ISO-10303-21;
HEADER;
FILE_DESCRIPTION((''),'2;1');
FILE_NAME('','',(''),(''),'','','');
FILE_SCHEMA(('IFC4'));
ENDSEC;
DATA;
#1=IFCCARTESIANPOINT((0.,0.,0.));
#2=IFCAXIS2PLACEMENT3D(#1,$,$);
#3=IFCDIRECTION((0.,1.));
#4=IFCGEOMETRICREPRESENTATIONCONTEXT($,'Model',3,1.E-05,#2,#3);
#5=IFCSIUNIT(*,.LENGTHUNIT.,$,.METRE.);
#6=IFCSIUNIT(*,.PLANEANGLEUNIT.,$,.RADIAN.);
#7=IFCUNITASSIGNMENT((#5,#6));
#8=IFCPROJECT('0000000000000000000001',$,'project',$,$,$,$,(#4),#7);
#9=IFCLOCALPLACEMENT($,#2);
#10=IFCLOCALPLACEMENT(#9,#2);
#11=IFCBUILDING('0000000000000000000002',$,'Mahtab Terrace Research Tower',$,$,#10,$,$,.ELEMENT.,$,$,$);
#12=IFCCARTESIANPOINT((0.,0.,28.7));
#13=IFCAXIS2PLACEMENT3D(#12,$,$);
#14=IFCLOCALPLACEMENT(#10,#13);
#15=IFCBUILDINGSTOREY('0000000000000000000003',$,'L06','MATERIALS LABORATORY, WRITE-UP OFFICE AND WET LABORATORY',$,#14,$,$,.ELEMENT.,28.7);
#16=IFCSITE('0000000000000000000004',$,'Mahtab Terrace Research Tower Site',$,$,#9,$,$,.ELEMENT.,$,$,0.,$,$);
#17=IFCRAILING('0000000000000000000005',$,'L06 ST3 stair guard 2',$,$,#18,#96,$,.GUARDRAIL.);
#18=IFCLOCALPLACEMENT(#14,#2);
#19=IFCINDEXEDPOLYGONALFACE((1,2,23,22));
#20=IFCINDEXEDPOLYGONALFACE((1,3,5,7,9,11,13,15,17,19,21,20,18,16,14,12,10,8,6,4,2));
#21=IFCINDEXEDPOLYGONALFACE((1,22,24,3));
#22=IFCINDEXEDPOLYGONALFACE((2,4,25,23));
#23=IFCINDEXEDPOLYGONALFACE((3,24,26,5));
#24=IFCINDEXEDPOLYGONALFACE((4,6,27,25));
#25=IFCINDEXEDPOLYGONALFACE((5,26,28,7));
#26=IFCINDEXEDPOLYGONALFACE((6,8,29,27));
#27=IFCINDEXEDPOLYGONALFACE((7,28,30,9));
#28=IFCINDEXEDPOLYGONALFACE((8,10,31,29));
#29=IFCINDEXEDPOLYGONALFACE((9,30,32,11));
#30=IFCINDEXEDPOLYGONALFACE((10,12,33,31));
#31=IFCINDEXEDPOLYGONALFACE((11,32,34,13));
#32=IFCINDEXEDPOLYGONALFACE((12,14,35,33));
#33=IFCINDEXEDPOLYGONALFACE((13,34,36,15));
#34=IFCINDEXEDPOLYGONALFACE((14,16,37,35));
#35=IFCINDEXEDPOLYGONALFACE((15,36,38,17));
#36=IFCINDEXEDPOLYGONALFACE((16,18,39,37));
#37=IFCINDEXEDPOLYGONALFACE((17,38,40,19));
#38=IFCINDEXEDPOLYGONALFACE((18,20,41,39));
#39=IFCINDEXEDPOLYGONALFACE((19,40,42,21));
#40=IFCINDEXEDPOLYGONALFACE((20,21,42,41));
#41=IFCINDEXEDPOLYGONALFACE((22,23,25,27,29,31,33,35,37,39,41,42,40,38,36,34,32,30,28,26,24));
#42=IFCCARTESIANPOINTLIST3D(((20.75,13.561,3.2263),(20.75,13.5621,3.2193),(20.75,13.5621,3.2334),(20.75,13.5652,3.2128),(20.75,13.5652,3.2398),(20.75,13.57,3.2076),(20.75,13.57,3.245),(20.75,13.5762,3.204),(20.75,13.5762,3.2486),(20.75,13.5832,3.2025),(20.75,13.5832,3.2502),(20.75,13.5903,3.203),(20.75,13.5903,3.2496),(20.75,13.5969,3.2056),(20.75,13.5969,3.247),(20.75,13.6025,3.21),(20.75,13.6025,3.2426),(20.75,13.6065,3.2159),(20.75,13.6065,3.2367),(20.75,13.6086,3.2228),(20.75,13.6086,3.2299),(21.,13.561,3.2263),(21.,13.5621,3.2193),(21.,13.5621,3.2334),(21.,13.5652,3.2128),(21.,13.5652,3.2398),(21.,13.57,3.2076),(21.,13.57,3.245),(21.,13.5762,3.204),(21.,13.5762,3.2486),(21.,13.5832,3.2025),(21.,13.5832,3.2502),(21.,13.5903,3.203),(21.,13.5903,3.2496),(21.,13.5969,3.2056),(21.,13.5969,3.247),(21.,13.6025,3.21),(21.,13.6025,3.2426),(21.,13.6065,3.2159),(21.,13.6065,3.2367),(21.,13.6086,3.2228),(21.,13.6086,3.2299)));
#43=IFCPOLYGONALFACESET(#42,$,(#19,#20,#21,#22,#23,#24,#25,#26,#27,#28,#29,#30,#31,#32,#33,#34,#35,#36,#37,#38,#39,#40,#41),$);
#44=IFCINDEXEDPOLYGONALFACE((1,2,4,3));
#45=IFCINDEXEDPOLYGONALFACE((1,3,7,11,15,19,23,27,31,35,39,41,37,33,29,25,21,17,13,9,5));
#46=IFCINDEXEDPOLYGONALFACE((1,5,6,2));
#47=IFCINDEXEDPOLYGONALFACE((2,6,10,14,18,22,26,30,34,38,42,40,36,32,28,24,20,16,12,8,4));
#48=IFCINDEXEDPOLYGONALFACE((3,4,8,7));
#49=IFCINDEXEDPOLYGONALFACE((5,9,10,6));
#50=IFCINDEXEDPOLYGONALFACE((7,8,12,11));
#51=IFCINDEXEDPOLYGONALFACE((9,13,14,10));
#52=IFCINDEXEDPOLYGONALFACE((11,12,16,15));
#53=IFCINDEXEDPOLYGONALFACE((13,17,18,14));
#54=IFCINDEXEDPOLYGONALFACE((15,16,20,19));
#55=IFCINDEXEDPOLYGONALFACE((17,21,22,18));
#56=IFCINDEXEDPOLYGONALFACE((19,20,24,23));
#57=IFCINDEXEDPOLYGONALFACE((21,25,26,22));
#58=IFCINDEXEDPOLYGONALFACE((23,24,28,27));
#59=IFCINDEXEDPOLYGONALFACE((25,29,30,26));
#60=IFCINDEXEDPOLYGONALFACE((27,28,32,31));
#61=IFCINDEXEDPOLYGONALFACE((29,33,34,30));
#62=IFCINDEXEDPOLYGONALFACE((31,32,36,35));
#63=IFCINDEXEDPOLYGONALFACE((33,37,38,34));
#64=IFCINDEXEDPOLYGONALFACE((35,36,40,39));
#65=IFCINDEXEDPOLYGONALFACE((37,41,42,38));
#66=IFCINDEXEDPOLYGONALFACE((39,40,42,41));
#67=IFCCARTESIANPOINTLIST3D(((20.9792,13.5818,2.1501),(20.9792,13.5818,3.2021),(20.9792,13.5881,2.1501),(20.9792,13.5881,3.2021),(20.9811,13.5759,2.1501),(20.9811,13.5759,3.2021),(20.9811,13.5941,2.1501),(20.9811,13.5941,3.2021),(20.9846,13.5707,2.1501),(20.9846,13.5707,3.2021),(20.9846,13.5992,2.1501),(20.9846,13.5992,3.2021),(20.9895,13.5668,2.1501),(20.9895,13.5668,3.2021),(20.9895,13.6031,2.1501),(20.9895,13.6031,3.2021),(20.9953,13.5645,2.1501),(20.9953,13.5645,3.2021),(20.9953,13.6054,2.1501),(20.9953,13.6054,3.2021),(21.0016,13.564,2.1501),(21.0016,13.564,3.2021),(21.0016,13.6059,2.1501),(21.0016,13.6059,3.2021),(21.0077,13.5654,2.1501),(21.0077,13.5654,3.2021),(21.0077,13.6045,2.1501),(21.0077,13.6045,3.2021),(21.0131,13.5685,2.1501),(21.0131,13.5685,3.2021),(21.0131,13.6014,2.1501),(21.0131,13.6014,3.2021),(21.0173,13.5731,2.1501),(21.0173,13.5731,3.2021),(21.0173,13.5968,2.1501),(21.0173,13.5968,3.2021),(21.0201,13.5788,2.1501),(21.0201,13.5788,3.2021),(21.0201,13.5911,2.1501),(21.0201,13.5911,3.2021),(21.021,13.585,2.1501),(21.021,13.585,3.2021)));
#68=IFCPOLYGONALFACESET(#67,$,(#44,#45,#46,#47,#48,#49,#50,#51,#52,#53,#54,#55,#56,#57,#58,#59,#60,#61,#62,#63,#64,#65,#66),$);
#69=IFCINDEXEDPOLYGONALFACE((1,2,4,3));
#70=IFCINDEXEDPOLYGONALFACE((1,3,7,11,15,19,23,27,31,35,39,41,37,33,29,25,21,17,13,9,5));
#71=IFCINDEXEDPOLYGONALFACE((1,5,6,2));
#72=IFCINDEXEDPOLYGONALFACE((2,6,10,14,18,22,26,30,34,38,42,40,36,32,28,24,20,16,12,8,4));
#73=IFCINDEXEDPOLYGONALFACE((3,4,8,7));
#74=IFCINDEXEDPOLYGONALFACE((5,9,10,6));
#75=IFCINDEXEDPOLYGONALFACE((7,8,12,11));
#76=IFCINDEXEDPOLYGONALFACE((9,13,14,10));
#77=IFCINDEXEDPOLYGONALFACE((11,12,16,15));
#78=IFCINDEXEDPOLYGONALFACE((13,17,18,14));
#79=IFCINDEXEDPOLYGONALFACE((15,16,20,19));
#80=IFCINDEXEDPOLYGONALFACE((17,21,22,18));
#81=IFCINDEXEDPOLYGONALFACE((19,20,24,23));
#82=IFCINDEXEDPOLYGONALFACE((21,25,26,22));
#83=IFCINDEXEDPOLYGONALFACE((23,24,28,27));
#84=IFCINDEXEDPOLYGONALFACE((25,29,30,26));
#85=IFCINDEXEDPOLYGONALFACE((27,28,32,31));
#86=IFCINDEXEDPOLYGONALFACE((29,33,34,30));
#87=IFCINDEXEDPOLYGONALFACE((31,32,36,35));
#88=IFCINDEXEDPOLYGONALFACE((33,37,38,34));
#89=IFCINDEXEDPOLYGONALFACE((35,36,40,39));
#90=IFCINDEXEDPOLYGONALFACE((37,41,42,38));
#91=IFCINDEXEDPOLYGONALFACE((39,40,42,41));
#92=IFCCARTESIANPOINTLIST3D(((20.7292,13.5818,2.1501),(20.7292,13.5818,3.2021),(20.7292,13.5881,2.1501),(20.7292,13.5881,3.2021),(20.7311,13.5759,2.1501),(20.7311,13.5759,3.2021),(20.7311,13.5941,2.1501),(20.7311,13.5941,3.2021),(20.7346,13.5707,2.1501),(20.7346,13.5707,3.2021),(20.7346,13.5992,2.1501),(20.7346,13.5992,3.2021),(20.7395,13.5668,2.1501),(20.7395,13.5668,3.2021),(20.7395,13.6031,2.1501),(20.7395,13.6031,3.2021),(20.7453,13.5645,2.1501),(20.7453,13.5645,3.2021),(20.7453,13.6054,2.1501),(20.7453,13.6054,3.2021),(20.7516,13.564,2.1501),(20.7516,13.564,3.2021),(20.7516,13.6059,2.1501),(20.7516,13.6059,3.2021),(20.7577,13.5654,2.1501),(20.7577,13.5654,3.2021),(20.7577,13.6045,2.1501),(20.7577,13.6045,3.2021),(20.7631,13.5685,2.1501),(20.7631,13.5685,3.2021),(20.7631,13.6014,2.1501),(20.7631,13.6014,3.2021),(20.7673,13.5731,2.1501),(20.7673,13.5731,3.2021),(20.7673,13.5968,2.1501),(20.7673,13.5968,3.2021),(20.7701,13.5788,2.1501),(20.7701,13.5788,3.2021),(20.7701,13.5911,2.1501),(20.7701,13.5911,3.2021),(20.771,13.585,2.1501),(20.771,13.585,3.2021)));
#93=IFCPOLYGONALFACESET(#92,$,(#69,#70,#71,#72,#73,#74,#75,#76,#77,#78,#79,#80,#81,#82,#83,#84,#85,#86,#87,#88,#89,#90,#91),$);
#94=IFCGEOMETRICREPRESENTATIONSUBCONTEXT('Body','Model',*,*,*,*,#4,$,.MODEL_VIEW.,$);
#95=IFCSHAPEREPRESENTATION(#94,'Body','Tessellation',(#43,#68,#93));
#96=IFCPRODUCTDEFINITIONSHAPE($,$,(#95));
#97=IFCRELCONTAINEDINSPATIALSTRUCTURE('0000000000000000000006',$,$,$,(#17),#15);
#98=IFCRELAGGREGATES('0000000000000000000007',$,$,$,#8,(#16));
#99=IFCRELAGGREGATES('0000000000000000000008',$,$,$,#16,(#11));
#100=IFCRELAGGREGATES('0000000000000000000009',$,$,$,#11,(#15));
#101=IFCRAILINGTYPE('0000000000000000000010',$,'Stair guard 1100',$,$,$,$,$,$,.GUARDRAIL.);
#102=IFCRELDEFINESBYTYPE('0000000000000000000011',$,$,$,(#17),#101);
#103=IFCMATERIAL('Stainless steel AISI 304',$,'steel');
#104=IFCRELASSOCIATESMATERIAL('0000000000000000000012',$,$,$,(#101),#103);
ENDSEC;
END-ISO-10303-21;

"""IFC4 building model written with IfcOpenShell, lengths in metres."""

from ifc_helpers import new_model, si_unit, direction, frame, origin, origin_2d, place, context, subcontext, project, spatial, circle, extrude, material, type_object, element, save


model = new_model("IFC4")

# Units and contexts
model_context = context("Model", 3, precision=1e-05, world=origin(), true_north=direction((0.0, 1.0)))
body_context = subcontext(model_context, "Body", "Model", "MODEL_VIEW")
ifc_project = project(units=[si_unit("LENGTHUNIT", "METRE"), si_unit("PLANEANGLEUNIT", "RADIAN")], contexts=[model_context])

# Site, building, storey
site_placement = place(None, origin())
site = spatial("IfcSite", under=ifc_project, at=site_placement, Name="Mahtab Terrace Research Tower Site", CompositionType="ELEMENT", RefElevation=0.0)
building_placement = place(site_placement, origin())
building = spatial("IfcBuilding", under=site, at=building_placement, Name="Mahtab Terrace Research Tower", CompositionType="ELEMENT")
storey_placement = place(building_placement, frame((0.0, 0.0, 28.7)))
storey = spatial("IfcBuildingStorey", under=building, at=storey_placement, Name="L06", Description="MATERIALS LABORATORY, WRITE-UP OFFICE AND WET LABORATORY", CompositionType="ELEMENT", Elevation=28.7)

# Shared definitions
ifc_material_1 = material(Name="Stainless steel AISI 304", Category="steel")

# Railing
railing_type_1 = type_object("IfcRailingType", Name="Stair guard 1100", PredefinedType="GUARDRAIL", material=ifc_material_1)
railing_1_placement = place(storey_placement, frame((21.0, 13.585, 2.1501)))
element("IfcRailing", 1, at=railing_1_placement, inside=storey, type_object=railing_type_1, Name="L06 ST3 stair guard 2", PredefinedType="GUARDRAIL", context=body_context, shape_type="SweptSolid", body=[
    extrude(circle(Radius=0.0239, at=origin_2d()), frame((0.0, 0.0, 1.0762), z_axis=(-1.0, 0.0, 0.0), x_axis=(0.0, -1.0, 0.0)), (0.0, 0.0, 1.0), 0.25),
    extrude(circle(Radius=0.021, at=origin_2d()), origin(), (0.0, 0.0, 1.0), 1.052),
    extrude(circle(Radius=0.021, at=origin_2d()), frame((-0.25, 0.0, 0.0)), (0.0, 0.0, 1.0), 1.052),
])

save(model, "model.ifc")
